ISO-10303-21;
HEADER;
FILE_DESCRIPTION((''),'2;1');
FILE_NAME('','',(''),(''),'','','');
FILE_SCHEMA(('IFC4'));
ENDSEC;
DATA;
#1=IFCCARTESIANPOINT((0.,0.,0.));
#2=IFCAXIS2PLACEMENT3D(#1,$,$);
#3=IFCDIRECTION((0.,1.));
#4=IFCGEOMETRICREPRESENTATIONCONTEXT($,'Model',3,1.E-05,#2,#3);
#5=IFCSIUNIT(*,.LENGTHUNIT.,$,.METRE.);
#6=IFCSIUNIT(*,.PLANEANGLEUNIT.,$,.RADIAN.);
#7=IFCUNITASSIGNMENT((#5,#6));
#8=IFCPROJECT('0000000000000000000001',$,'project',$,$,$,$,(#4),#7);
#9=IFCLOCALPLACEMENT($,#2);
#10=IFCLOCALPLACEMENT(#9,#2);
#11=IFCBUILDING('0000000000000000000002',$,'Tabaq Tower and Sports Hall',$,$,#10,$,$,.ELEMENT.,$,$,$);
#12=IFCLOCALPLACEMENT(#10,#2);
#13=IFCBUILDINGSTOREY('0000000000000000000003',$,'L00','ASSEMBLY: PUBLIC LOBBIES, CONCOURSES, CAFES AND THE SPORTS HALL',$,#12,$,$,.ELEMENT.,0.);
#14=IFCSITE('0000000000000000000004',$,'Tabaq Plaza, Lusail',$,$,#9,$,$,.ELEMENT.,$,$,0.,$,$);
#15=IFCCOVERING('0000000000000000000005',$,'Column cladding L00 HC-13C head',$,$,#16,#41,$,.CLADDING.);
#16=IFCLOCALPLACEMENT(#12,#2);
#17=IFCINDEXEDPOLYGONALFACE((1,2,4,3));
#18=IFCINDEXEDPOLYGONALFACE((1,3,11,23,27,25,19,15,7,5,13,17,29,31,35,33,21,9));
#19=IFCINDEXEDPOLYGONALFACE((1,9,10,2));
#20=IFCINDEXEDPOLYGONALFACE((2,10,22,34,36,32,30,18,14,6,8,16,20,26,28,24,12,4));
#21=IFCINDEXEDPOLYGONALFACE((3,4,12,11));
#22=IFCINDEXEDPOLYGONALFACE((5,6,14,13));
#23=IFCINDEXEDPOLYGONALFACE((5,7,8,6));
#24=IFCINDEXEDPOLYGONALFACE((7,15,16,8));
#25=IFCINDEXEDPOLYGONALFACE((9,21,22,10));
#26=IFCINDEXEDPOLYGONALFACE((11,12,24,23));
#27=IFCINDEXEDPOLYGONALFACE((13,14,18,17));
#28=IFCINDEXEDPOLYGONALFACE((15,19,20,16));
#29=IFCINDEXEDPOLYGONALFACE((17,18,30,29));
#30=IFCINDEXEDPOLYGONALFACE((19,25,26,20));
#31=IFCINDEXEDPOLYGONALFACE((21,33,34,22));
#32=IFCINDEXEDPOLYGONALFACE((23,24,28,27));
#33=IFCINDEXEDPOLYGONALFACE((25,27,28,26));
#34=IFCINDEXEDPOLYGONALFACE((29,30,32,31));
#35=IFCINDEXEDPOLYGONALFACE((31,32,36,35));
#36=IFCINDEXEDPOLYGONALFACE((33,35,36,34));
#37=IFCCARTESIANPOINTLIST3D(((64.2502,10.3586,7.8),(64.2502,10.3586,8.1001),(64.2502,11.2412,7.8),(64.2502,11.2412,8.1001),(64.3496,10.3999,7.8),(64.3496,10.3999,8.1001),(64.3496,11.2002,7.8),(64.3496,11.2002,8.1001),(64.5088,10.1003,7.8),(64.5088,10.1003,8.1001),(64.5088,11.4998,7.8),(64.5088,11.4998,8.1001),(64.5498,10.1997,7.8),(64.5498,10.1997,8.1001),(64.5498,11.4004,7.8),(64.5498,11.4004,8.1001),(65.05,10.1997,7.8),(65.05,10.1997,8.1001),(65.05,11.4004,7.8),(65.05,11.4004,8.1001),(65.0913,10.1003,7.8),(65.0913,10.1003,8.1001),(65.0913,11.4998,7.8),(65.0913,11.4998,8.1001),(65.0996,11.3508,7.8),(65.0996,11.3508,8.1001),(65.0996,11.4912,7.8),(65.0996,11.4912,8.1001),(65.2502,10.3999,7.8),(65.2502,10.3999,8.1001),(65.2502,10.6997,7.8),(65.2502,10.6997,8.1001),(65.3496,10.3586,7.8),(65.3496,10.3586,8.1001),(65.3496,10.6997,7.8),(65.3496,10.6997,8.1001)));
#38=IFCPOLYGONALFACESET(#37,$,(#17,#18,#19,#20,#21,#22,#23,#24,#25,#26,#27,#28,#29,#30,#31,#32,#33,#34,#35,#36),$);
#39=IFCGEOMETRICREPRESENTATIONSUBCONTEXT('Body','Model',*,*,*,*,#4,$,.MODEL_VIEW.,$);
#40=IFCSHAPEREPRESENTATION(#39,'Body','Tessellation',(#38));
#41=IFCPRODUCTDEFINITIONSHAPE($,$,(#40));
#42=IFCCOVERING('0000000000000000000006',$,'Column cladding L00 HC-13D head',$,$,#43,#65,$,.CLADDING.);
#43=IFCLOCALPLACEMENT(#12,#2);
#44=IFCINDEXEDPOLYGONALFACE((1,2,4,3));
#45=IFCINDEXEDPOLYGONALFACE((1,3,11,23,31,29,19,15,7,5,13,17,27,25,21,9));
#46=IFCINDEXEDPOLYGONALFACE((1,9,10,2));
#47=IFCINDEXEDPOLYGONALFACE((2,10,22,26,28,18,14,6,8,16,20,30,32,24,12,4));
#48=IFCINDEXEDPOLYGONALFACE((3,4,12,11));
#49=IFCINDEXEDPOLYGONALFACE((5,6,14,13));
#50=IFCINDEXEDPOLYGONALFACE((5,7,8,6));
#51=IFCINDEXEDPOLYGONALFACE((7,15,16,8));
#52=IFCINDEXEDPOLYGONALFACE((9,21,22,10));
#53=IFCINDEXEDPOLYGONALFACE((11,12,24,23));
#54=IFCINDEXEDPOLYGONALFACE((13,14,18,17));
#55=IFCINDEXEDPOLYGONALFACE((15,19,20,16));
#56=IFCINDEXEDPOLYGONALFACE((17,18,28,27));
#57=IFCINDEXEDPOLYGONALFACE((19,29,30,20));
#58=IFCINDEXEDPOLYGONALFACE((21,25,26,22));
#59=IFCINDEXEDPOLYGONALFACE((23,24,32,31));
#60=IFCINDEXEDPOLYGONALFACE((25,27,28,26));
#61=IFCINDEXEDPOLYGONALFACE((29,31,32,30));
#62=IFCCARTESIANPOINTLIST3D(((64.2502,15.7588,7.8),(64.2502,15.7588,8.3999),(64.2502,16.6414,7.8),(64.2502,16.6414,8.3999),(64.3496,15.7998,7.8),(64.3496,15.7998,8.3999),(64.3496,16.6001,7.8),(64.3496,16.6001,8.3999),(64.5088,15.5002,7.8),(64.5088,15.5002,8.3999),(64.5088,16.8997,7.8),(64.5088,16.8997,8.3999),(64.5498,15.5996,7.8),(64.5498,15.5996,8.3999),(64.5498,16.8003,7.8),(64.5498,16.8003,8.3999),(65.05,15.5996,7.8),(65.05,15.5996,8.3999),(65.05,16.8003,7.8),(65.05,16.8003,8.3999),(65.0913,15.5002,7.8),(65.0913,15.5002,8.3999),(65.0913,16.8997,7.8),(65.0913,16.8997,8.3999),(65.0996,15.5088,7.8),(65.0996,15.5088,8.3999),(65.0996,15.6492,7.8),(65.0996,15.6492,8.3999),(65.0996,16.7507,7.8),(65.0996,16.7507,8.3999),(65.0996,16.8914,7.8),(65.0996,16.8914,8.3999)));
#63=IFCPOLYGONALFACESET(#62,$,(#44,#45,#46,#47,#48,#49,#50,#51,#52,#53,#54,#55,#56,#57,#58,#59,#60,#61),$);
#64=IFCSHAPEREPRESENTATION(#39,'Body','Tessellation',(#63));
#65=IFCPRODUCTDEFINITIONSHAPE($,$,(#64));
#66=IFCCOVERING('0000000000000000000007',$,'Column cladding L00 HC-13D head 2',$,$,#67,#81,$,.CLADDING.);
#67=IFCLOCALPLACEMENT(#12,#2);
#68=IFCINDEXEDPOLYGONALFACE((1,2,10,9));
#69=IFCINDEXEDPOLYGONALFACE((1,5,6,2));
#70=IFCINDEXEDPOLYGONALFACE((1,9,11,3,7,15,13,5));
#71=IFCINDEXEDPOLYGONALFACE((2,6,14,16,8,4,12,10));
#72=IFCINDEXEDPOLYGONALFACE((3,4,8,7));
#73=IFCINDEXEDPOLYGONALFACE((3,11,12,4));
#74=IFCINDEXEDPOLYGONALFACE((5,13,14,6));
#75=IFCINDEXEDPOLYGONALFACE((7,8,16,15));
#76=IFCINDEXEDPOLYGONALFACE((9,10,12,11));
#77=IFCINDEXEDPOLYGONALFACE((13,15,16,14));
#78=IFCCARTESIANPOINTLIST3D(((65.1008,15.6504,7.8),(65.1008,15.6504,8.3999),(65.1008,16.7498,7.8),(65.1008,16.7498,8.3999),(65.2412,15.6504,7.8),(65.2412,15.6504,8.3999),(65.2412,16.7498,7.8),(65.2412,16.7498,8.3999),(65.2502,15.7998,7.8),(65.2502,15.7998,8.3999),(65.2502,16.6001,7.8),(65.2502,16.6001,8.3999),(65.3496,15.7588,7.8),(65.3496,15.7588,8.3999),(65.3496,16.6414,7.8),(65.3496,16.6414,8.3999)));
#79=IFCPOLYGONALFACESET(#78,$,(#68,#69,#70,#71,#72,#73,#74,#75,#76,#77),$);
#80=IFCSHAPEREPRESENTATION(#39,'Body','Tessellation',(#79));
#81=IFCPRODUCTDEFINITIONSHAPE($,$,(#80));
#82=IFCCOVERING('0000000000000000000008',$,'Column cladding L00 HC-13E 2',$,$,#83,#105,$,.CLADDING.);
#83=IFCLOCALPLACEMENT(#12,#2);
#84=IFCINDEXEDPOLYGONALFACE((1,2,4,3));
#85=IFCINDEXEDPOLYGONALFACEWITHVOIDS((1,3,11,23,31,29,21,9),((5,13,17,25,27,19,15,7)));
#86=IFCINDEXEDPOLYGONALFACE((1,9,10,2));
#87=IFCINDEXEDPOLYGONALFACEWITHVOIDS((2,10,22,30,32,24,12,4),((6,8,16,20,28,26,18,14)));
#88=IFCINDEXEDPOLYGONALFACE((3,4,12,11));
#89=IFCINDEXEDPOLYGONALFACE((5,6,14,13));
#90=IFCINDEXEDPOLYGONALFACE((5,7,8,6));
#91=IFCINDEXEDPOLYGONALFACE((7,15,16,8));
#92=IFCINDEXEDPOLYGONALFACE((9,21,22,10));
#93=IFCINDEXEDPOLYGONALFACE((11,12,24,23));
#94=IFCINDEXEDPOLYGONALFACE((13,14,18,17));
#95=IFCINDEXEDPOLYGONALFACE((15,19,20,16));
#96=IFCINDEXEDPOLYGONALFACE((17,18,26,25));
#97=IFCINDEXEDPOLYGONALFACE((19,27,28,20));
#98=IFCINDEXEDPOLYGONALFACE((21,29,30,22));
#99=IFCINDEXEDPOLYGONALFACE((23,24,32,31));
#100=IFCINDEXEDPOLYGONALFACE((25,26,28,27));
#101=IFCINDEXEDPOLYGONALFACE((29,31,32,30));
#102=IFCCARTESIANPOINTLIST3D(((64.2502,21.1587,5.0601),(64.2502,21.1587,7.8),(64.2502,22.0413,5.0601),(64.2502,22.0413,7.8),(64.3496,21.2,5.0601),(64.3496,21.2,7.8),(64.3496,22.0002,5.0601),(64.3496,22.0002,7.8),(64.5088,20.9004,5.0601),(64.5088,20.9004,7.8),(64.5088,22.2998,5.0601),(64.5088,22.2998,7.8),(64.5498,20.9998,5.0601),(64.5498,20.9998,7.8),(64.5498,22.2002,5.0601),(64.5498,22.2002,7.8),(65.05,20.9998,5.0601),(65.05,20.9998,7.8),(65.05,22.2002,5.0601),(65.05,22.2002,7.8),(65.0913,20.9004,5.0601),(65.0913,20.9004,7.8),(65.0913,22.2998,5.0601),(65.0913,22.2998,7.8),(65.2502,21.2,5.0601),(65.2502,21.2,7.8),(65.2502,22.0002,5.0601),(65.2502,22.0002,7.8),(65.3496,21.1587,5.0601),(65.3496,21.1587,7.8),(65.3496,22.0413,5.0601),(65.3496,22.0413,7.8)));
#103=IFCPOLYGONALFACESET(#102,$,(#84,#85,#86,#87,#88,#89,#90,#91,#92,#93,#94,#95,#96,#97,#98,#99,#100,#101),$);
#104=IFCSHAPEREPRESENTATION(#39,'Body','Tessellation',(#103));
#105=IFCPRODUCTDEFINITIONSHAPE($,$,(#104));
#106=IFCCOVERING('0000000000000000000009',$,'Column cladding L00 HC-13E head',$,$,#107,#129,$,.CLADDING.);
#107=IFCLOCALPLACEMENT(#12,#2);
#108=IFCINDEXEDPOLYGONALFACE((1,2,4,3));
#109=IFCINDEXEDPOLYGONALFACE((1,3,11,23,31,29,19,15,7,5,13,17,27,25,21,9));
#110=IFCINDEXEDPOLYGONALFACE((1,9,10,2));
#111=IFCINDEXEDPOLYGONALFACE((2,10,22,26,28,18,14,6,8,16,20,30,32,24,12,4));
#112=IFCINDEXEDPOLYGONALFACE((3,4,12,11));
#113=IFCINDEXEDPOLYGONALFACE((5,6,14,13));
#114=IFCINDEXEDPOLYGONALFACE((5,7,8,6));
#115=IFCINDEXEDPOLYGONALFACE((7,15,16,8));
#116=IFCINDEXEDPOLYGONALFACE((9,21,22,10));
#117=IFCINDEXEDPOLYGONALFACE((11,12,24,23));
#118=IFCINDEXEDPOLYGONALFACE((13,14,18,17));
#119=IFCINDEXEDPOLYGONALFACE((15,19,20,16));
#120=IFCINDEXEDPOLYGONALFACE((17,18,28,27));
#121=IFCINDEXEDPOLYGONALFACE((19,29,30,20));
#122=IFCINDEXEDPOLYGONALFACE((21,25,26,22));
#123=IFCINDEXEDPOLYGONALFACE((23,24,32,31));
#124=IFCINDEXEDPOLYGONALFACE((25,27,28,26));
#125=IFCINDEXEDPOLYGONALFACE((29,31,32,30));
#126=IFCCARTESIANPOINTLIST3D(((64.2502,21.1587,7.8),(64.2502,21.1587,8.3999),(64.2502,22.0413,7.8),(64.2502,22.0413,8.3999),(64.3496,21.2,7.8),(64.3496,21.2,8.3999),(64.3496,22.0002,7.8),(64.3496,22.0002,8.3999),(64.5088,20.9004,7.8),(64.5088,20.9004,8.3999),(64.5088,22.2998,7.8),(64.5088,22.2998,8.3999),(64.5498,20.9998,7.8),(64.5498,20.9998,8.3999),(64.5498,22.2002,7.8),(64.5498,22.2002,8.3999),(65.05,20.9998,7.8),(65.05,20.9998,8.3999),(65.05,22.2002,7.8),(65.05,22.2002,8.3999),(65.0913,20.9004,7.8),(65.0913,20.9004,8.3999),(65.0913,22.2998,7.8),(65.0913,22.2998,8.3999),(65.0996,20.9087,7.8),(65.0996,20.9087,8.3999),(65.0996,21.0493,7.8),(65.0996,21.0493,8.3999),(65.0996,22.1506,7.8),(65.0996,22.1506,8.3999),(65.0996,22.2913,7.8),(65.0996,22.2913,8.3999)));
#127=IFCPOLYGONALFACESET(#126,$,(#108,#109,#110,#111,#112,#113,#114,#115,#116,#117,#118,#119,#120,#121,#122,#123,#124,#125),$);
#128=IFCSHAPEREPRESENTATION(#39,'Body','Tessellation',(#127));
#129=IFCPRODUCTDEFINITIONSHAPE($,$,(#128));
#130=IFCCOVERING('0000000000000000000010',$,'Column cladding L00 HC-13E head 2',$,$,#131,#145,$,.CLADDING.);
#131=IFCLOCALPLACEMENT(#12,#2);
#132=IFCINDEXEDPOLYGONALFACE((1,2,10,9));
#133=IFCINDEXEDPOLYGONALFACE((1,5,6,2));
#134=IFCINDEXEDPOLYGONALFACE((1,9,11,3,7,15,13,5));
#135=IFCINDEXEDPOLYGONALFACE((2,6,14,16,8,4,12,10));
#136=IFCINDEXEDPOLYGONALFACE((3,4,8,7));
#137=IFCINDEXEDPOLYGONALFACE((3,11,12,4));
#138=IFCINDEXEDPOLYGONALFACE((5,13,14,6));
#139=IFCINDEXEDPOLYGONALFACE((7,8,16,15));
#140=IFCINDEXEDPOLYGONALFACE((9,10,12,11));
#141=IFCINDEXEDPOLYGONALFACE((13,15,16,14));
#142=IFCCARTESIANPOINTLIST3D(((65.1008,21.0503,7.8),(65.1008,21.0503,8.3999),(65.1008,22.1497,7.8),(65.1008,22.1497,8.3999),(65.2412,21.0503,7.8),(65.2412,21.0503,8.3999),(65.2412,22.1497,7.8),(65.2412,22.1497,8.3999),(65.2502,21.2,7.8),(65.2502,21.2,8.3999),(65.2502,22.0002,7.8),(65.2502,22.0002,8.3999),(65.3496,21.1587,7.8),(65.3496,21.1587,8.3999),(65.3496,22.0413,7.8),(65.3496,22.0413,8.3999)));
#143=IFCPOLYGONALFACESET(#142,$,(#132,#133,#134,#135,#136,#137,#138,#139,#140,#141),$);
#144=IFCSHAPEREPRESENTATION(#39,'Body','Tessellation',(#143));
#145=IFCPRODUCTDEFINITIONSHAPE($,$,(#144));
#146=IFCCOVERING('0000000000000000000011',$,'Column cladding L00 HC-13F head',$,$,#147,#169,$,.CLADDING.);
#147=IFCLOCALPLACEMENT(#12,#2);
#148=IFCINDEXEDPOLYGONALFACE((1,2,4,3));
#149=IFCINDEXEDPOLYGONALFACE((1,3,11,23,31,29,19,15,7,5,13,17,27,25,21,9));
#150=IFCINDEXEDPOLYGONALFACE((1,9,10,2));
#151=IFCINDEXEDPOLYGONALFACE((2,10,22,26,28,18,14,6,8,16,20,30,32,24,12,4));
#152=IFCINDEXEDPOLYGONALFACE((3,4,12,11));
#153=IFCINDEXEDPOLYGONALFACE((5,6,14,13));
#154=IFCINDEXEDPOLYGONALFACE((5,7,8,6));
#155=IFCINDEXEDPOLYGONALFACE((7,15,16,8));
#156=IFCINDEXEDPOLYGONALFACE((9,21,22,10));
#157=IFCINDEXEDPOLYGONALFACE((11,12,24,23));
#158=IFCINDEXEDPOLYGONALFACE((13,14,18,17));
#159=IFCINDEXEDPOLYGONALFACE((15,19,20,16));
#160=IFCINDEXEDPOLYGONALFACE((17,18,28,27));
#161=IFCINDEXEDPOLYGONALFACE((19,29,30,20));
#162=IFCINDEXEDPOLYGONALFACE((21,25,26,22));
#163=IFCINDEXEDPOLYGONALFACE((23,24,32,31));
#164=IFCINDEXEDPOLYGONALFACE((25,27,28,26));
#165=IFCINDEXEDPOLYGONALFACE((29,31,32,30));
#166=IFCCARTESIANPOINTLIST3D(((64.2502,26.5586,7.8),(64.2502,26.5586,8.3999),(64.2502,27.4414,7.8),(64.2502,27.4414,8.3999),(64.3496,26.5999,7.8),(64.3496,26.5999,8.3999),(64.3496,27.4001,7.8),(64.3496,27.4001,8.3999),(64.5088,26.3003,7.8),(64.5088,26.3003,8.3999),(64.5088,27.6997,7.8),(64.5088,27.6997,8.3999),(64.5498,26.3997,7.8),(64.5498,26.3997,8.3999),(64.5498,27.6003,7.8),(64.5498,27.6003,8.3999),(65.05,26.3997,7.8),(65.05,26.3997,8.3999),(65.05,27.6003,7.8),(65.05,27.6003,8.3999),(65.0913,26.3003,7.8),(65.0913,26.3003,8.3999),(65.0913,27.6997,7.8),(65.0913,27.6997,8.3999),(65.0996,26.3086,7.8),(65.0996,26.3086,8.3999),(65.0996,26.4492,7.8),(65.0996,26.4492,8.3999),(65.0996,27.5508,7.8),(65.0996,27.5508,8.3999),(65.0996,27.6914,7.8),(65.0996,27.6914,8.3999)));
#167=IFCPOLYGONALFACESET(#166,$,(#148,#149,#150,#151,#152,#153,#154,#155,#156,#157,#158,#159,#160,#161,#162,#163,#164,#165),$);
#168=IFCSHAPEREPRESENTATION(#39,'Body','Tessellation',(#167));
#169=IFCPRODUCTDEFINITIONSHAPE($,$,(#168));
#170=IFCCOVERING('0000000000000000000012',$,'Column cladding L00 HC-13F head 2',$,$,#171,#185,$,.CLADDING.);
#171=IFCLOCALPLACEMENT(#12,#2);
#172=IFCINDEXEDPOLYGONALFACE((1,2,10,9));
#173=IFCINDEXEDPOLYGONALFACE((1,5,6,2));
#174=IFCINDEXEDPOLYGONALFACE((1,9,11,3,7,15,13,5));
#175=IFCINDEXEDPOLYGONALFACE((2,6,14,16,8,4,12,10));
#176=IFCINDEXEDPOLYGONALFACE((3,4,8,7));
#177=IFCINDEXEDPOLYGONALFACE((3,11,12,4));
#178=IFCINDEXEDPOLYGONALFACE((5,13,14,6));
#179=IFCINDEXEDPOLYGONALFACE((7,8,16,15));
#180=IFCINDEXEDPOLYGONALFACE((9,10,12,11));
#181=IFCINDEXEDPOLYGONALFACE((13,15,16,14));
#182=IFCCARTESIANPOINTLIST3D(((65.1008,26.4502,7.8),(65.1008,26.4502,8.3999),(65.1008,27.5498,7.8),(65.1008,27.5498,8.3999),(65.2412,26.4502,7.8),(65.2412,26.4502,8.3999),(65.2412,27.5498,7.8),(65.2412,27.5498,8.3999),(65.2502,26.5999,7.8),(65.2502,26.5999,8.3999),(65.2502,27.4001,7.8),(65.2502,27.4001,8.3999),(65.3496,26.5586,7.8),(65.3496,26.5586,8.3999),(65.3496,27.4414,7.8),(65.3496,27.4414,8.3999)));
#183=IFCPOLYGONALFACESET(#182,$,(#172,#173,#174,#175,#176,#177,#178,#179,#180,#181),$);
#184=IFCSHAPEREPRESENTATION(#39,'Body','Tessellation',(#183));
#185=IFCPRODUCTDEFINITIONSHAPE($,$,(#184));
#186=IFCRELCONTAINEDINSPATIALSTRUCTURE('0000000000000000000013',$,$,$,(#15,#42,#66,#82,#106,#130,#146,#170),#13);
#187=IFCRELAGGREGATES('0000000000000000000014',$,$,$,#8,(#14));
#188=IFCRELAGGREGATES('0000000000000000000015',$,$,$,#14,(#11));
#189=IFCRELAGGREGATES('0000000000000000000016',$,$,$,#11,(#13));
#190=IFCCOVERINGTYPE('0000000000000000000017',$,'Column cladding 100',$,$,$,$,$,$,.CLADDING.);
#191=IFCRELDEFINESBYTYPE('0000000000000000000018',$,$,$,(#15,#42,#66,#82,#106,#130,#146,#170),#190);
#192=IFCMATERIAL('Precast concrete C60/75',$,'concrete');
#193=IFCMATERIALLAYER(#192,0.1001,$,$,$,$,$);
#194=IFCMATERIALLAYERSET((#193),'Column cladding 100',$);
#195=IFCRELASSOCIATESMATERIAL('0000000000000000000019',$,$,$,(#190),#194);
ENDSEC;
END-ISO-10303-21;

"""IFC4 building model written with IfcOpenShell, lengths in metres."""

from ifc_helpers import new_model, si_unit, direction, frame, origin, place, context, subcontext, project, spatial, polyline, outline, extrude, material, layer, layer_set, type_object, element, save


model = new_model("IFC4")

# Units and contexts
model_context = context("Model", 3, precision=1e-05, world=origin(), true_north=direction((0.0, 1.0)))
body_context = subcontext(model_context, "Body", "Model", "MODEL_VIEW")
ifc_project = project(units=[si_unit("LENGTHUNIT", "METRE"), si_unit("PLANEANGLEUNIT", "RADIAN")], contexts=[model_context])

# Site, building, storey
site_placement = place(None, origin())
site = spatial("IfcSite", under=ifc_project, at=site_placement, Name="Tabaq Plaza, Lusail", CompositionType="ELEMENT", RefElevation=0.0)
building_placement = place(site_placement, origin())
building = spatial("IfcBuilding", under=site, at=building_placement, Name="Tabaq Tower and Sports Hall", CompositionType="ELEMENT")
storey_placement = place(building_placement, origin())
storey = spatial("IfcBuildingStorey", under=building, at=storey_placement, Name="L00", Description="ASSEMBLY: PUBLIC LOBBIES, CONCOURSES, CAFES AND THE SPORTS HALL", CompositionType="ELEMENT", Elevation=0.0)

# Coverings
ifc_material = material(Name="Precast concrete C60/75", Category="concrete")
ifc_layer = layer(ifc_material, 0.1001)
ifc_layer_set = layer_set([ifc_layer], Name="Column cladding 100")
covering_type = type_object("IfcCoveringType", Name="Column cladding 100", PredefinedType="CLADDING", material=ifc_layer_set)
covering_1_placement = place(storey_placement, frame((0.0, 0.0, 7.8)))
element("IfcCovering", 1, at=covering_1_placement, inside=storey, type_object=covering_type, Name="Column cladding L00 HC-13C head", PredefinedType="CLADDING", context=body_context, shape_type="SweptSolid", body=[
    extrude(outline(polyline([(64.2502, 10.3586), (64.2502, 11.2412), (64.5088, 11.4998), (65.0913, 11.4998), (65.0996, 11.4912), (65.0996, 11.3508), (65.05, 11.4004), (64.5498, 11.4004), (64.3496, 11.2002), (64.3496, 10.3999), (64.5498, 10.1997), (65.05, 10.1997), (65.2502, 10.3999), (65.2502, 10.6997), (65.3496, 10.6997), (65.3496, 10.3586), (65.0913, 10.1003), (64.5088, 10.1003), (64.2502, 10.3586)])), origin(), (0.0, 0.0, 1.0), 0.3),
])
covering_2_placement = place(storey_placement, frame((0.0, 0.0, 7.8)))
element("IfcCovering", 2, at=covering_2_placement, inside=storey, type_object=covering_type, Name="Column cladding L00 HC-13D head", PredefinedType="CLADDING", context=body_context, shape_type="SweptSolid", body=[
    extrude(outline(polyline([(64.5088, 15.5002), (64.2502, 15.7588), (64.2502, 16.6414), (64.5088, 16.8997), (65.0913, 16.8997), (65.0996, 16.8914), (65.0996, 16.7507), (65.05, 16.8003), (64.5498, 16.8003), (64.3496, 16.6001), (64.3496, 15.7998), (64.5498, 15.5996), (65.05, 15.5996), (65.0996, 15.6492), (65.0996, 15.5088), (65.0913, 15.5002), (64.5088, 15.5002)])), origin(), (0.0, 0.0, 1.0), 0.5999),
])
covering_3_placement = place(storey_placement, frame((0.0, 0.0, 7.8)))
element("IfcCovering", 3, at=covering_3_placement, inside=storey, type_object=covering_type, Name="Column cladding L00 HC-13D head 2", PredefinedType="CLADDING", context=body_context, shape_type="SweptSolid", body=[
    extrude(outline(polyline([(65.3496, 16.6414), (65.3496, 15.7588), (65.2412, 15.6504), (65.1008, 15.6504), (65.2502, 15.7998), (65.2502, 16.6001), (65.1008, 16.7498), (65.2412, 16.7498), (65.3496, 16.6414)])), origin(), (0.0, 0.0, 1.0), 0.5999),
])
covering_4_placement = place(storey_placement, frame((0.0, 0.0, 5.0601)))
element("IfcCovering", 4, at=covering_4_placement, inside=storey, type_object=covering_type, Name="Column cladding L00 HC-13E 2", PredefinedType="CLADDING", context=body_context, shape_type="SweptSolid", body=[
    extrude(outline(polyline([(65.0913, 20.9004), (64.5088, 20.9004), (64.2502, 21.1587), (64.2502, 22.0413), (64.5088, 22.2998), (65.0913, 22.2998), (65.3496, 22.0413), (65.3496, 21.1587), (65.0913, 20.9004)]), holes=[polyline([(65.2502, 22.0002), (65.05, 22.2002), (64.5498, 22.2002), (64.3496, 22.0002), (64.3496, 21.2), (64.5498, 20.9998), (65.05, 20.9998), (65.2502, 21.2), (65.2502, 22.0002)])]), origin(), (0.0, 0.0, 1.0), 2.74),
])
covering_5_placement = place(storey_placement, frame((0.0, 0.0, 7.8)))
element("IfcCovering", 5, at=covering_5_placement, inside=storey, type_object=covering_type, Name="Column cladding L00 HC-13E head", PredefinedType="CLADDING", context=body_context, shape_type="SweptSolid", body=[
    extrude(outline(polyline([(64.5088, 20.9004), (64.2502, 21.1587), (64.2502, 22.0413), (64.5088, 22.2998), (65.0913, 22.2998), (65.0996, 22.2913), (65.0996, 22.1506), (65.05, 22.2002), (64.5498, 22.2002), (64.3496, 22.0002), (64.3496, 21.2), (64.5498, 20.9998), (65.05, 20.9998), (65.0996, 21.0493), (65.0996, 20.9087), (65.0913, 20.9004), (64.5088, 20.9004)])), origin(), (0.0, 0.0, 1.0), 0.5999),
])
covering_6_placement = place(storey_placement, frame((0.0, 0.0, 7.8)))
element("IfcCovering", 6, at=covering_6_placement, inside=storey, type_object=covering_type, Name="Column cladding L00 HC-13E head 2", PredefinedType="CLADDING", context=body_context, shape_type="SweptSolid", body=[
    extrude(outline(polyline([(65.3496, 22.0413), (65.3496, 21.1587), (65.2412, 21.0503), (65.1008, 21.0503), (65.2502, 21.2), (65.2502, 22.0002), (65.1008, 22.1497), (65.2412, 22.1497), (65.3496, 22.0413)])), origin(), (0.0, 0.0, 1.0), 0.5999),
])
covering_7_placement = place(storey_placement, frame((0.0, 0.0, 7.8)))
element("IfcCovering", 7, at=covering_7_placement, inside=storey, type_object=covering_type, Name="Column cladding L00 HC-13F head", PredefinedType="CLADDING", context=body_context, shape_type="SweptSolid", body=[
    extrude(outline(polyline([(64.5088, 26.3003), (64.2502, 26.5586), (64.2502, 27.4414), (64.5088, 27.6997), (65.0913, 27.6997), (65.0996, 27.6914), (65.0996, 27.5508), (65.05, 27.6003), (64.5498, 27.6003), (64.3496, 27.4001), (64.3496, 26.5999), (64.5498, 26.3997), (65.05, 26.3997), (65.0996, 26.4492), (65.0996, 26.3086), (65.0913, 26.3003), (64.5088, 26.3003)])), origin(), (0.0, 0.0, 1.0), 0.5999),
])
covering_8_placement = place(storey_placement, frame((0.0, 0.0, 7.8)))
element("IfcCovering", 8, at=covering_8_placement, inside=storey, type_object=covering_type, Name="Column cladding L00 HC-13F head 2", PredefinedType="CLADDING", context=body_context, shape_type="SweptSolid", body=[
    extrude(outline(polyline([(65.3496, 27.4414), (65.3496, 26.5586), (65.2412, 26.4502), (65.1008, 26.4502), (65.2502, 26.5999), (65.2502, 27.4001), (65.1008, 27.5498), (65.2412, 27.5498), (65.3496, 27.4414)])), origin(), (0.0, 0.0, 1.0), 0.5999),
])

save(model, "model.ifc")
